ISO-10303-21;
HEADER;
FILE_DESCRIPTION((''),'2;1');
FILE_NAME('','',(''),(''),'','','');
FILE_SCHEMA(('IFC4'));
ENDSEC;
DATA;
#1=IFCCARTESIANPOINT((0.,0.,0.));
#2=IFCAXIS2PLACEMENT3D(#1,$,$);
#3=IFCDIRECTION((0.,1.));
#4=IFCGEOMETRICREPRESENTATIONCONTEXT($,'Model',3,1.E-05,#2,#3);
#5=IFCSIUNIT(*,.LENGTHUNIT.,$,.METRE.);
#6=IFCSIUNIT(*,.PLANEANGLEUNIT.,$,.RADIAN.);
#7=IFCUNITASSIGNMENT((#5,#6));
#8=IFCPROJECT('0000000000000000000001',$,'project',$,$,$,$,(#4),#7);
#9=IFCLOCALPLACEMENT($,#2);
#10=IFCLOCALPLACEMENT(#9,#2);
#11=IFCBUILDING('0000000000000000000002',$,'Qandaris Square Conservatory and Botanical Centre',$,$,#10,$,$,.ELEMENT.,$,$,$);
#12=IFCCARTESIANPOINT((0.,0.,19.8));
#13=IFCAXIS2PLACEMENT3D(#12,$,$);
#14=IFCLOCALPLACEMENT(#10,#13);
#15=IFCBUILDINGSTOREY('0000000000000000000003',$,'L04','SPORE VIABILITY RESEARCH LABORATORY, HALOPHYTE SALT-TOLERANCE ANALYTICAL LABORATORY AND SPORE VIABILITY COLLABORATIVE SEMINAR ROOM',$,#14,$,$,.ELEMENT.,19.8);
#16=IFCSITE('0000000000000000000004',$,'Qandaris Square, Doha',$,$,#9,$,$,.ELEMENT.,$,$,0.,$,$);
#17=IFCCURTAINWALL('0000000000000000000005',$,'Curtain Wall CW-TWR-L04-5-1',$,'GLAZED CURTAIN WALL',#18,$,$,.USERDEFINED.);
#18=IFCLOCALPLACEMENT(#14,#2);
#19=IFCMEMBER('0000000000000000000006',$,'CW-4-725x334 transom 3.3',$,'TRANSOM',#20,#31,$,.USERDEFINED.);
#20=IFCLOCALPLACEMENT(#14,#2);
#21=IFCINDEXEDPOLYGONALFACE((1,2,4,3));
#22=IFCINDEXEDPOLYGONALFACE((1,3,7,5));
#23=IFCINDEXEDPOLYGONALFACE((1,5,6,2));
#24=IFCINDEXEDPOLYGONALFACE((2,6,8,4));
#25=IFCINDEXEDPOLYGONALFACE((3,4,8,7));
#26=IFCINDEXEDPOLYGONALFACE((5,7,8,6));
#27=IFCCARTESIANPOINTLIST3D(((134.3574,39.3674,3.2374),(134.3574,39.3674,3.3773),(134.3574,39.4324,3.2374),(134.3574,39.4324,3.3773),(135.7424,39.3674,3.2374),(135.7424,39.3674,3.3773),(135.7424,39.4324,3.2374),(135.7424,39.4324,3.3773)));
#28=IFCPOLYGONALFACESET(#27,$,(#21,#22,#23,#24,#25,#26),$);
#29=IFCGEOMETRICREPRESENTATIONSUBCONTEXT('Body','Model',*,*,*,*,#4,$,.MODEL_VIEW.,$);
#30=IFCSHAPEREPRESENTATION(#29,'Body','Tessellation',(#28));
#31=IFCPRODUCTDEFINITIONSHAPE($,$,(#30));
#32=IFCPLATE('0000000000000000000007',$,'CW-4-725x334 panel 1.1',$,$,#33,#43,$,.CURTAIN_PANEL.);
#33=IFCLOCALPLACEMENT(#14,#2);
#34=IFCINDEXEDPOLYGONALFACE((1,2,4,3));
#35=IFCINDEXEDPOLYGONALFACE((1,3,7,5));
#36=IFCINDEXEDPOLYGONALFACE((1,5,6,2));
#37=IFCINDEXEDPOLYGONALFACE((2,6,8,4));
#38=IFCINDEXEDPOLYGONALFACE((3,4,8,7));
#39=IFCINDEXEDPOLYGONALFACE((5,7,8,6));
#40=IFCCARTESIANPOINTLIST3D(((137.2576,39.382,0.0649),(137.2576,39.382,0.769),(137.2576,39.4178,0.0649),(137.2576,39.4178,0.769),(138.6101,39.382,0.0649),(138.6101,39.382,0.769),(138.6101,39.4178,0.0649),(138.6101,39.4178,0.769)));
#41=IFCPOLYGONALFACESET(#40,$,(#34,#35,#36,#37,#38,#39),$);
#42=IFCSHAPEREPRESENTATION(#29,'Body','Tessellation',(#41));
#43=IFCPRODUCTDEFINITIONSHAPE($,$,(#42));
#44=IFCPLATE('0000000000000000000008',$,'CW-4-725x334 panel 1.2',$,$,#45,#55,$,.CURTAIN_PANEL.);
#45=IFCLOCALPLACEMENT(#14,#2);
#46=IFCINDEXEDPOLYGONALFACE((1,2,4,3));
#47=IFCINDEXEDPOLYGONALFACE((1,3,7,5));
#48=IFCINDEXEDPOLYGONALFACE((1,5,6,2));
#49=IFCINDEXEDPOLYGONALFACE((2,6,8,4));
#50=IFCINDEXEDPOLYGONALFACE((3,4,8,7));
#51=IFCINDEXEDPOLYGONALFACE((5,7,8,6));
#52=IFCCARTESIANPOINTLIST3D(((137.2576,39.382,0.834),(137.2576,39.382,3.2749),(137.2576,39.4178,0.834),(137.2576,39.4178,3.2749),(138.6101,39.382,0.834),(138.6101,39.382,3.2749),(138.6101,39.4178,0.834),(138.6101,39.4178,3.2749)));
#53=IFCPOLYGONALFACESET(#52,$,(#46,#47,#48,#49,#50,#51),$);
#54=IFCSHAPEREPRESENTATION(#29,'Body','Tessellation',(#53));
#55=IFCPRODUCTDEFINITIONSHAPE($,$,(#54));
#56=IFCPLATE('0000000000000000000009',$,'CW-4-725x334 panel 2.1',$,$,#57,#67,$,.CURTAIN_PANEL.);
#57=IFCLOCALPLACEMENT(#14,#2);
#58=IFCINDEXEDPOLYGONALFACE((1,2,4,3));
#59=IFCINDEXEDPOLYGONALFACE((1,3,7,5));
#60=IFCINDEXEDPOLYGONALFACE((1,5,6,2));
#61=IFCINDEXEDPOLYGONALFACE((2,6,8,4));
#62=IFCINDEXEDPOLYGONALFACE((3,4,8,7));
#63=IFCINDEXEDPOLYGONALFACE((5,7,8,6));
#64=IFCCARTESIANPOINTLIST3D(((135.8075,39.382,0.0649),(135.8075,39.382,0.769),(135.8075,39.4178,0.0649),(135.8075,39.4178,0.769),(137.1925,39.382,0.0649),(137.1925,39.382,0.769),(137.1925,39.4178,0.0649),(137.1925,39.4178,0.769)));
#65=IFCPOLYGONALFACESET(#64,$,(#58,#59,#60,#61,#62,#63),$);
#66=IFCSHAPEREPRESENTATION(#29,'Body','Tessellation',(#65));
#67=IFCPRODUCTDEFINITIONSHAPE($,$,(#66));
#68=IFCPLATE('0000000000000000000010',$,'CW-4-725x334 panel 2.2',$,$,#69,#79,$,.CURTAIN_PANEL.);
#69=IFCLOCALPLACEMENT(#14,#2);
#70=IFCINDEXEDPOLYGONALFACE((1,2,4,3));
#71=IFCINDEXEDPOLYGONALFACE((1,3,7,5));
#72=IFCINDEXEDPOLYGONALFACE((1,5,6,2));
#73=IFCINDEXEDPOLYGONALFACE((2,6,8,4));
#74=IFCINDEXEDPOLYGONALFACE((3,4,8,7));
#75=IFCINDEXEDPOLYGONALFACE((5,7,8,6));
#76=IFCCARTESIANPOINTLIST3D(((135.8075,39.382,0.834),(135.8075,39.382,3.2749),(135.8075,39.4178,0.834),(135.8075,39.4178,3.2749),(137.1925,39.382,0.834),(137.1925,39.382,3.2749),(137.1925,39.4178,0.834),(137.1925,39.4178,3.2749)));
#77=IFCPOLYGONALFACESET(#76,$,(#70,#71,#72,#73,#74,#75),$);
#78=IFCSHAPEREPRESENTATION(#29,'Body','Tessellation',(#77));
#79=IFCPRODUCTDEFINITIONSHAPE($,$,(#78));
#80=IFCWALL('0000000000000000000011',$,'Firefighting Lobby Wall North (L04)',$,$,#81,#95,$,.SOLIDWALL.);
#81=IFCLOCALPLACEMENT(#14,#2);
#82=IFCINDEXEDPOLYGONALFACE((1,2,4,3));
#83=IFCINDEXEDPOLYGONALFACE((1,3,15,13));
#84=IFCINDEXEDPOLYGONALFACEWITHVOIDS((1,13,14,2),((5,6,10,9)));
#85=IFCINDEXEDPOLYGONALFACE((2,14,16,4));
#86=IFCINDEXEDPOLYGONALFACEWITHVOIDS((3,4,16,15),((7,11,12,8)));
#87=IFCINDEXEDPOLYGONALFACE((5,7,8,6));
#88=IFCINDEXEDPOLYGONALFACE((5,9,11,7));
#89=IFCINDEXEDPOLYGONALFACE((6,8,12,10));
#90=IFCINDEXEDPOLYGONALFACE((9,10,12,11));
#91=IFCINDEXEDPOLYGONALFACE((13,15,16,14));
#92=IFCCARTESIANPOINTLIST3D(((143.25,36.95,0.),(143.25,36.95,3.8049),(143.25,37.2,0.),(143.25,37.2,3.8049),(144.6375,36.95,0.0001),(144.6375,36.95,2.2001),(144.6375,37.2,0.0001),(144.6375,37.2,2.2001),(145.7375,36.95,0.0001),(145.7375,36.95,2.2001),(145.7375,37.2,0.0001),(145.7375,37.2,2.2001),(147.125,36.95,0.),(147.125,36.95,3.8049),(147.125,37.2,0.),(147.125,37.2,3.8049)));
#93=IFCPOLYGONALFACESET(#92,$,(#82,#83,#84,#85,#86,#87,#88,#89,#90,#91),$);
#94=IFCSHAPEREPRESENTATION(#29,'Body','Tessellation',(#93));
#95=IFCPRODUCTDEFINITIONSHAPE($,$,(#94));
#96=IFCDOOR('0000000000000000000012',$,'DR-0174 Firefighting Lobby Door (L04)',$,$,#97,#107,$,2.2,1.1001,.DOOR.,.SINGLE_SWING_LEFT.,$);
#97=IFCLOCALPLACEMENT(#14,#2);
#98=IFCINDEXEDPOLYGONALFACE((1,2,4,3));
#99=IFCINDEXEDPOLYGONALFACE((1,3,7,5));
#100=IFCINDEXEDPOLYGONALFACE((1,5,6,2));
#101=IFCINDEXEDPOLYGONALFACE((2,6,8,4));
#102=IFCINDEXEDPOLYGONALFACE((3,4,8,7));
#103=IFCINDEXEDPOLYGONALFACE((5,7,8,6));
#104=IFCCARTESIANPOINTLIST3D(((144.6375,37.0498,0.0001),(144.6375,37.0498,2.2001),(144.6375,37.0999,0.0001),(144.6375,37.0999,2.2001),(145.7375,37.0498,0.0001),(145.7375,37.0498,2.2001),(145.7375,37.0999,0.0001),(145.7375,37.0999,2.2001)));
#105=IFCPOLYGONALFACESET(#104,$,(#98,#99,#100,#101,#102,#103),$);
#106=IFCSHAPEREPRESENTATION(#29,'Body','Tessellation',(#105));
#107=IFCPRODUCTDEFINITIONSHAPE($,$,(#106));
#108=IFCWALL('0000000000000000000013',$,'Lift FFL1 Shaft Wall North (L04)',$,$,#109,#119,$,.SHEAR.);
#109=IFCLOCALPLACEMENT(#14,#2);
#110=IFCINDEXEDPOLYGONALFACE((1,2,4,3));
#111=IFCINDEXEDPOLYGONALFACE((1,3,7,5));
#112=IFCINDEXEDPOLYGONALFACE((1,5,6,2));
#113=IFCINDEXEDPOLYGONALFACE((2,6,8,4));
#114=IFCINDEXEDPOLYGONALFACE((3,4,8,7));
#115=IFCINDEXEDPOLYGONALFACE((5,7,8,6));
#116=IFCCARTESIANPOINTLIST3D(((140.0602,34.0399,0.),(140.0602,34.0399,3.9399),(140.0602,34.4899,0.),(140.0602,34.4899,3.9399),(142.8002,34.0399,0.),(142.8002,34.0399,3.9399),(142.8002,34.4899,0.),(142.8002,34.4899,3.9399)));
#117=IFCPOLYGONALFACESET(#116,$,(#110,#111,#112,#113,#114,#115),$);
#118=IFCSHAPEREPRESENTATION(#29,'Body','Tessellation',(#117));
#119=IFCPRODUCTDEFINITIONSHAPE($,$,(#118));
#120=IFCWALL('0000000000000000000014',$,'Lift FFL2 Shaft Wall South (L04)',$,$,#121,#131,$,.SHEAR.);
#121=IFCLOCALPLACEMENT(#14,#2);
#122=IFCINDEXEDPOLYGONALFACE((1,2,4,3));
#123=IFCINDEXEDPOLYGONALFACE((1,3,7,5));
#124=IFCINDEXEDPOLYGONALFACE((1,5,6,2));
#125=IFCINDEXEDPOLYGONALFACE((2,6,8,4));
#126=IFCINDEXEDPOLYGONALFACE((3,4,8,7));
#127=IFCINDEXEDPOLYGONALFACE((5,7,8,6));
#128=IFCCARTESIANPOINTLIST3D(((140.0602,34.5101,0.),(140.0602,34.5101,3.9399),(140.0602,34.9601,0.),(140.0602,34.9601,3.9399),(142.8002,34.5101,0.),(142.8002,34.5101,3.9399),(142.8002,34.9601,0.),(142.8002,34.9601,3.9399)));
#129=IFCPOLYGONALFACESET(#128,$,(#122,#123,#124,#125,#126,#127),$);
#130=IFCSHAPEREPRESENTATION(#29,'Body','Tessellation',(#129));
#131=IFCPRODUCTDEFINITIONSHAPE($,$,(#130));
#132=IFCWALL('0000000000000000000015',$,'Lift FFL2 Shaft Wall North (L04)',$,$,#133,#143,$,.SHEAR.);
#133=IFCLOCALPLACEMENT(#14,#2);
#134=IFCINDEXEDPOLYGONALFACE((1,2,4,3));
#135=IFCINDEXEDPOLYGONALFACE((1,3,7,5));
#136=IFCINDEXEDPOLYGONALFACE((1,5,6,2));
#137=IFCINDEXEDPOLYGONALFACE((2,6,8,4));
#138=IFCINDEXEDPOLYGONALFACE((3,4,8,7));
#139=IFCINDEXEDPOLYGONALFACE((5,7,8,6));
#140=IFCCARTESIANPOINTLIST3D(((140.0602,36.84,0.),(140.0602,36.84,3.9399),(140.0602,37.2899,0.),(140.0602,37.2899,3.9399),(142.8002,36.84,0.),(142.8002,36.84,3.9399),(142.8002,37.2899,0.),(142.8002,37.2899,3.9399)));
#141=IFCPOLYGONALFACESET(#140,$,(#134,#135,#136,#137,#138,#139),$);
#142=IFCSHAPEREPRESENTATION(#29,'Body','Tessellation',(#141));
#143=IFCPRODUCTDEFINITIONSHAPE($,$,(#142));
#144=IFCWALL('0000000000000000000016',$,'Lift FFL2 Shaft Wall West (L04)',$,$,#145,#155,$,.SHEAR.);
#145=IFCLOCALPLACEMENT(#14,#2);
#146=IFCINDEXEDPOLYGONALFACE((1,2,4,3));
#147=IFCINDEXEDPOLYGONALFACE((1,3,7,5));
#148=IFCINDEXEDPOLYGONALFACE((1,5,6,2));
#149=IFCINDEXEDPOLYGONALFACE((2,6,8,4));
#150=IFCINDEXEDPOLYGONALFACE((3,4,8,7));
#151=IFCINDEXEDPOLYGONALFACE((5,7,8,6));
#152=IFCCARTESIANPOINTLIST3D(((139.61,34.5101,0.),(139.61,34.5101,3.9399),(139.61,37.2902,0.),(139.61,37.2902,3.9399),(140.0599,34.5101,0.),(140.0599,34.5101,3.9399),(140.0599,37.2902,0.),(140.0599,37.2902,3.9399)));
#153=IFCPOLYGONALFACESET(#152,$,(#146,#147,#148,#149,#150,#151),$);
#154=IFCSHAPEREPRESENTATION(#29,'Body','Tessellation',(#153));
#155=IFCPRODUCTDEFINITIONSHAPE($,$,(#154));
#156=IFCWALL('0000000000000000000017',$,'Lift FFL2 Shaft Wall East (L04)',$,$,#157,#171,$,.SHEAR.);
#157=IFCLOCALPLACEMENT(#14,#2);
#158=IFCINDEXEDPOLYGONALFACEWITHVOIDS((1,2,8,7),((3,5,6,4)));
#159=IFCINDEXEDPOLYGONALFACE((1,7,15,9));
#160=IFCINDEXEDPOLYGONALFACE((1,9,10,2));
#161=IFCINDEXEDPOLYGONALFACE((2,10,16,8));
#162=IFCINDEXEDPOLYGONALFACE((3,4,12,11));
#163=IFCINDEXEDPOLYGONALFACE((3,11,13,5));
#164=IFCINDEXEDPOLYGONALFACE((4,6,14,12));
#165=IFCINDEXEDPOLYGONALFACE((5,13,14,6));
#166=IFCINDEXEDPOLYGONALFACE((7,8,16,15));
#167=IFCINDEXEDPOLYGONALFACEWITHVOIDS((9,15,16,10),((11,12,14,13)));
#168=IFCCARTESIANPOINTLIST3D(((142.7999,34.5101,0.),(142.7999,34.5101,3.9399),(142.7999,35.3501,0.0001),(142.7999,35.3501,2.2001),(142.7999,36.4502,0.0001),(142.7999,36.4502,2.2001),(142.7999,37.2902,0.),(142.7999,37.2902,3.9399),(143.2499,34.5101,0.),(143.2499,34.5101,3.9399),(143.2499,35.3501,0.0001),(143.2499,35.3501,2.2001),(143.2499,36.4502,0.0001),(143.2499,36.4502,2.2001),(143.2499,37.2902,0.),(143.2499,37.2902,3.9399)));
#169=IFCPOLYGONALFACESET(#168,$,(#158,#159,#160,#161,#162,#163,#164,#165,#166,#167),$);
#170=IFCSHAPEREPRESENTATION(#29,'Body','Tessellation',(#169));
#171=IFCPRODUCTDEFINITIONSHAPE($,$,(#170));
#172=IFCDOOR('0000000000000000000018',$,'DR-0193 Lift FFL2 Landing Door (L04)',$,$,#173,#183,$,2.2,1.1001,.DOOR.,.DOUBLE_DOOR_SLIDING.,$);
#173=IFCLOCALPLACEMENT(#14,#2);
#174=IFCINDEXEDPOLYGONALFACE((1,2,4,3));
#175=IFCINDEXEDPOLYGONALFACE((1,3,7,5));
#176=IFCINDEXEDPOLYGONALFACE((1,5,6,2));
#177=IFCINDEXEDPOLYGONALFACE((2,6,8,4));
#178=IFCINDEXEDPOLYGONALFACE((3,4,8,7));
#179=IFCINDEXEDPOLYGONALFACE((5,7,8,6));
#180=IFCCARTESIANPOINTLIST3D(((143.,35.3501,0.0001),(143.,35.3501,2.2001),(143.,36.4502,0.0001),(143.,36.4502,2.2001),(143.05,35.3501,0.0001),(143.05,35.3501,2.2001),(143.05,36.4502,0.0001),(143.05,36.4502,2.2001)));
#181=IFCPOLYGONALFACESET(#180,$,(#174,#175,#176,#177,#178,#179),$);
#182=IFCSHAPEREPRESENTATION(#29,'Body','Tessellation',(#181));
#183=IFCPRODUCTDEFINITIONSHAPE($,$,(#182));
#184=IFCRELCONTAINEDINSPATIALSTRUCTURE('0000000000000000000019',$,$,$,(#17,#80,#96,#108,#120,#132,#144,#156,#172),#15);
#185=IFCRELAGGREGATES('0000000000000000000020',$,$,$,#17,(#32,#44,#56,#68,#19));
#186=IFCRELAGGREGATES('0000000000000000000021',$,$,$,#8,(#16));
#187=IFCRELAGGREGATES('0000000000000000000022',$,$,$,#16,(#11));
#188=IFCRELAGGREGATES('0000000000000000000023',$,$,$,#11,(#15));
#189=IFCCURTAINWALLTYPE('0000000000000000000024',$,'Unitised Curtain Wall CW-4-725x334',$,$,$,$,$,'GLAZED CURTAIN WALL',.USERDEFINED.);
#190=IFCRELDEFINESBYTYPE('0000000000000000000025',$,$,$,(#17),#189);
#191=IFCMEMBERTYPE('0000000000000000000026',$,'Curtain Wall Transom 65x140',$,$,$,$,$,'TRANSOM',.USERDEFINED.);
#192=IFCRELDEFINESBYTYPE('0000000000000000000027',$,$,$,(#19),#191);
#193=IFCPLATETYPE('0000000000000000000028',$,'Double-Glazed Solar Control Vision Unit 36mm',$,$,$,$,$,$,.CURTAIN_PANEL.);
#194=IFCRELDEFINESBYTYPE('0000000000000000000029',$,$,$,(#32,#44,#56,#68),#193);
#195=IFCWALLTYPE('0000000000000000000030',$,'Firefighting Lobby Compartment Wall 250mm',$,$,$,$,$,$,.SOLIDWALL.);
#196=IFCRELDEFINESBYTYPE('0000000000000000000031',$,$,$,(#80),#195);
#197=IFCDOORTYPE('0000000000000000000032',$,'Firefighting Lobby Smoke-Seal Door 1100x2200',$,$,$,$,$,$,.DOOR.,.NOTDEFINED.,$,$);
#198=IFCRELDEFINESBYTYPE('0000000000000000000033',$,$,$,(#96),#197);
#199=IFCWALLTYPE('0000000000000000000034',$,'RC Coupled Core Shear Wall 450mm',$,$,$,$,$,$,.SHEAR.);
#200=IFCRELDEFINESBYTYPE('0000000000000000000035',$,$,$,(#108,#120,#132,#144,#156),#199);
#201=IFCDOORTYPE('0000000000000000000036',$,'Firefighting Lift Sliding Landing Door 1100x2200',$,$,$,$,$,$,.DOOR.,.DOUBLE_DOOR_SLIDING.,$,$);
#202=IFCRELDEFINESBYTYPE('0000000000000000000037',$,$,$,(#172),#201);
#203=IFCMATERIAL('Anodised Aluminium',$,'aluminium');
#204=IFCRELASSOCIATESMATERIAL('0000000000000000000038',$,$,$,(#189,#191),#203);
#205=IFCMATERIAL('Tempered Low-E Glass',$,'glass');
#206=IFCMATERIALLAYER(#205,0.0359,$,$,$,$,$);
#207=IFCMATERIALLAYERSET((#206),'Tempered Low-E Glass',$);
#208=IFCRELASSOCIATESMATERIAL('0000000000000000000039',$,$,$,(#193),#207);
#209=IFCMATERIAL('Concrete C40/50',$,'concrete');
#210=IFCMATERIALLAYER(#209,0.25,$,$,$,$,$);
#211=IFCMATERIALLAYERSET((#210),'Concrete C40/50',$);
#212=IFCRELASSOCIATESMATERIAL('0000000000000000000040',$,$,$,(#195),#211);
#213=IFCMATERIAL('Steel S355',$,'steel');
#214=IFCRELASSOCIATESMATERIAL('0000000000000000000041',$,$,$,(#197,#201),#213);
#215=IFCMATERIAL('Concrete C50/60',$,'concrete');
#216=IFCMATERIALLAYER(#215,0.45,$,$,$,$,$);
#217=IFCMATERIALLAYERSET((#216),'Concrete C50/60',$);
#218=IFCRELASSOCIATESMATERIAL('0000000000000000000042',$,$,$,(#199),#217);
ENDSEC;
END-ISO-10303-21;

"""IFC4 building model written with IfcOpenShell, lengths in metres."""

from ifc_helpers import new_model, si_unit, direction, frame, frame_2d, origin, origin_2d, place, context, subcontext, project, spatial, rectangle, extrude, material, layer, layer_set, material_profile, profile_set, type_object, element, fill, aggregate, save


model = new_model("IFC4")

# Units and contexts
model_context = context("Model", 3, precision=1e-05, world=origin(), true_north=direction((0.0, 1.0)))
body_context = subcontext(model_context, "Body", "Model", "MODEL_VIEW")
ifc_project = project(units=[si_unit("LENGTHUNIT", "METRE"), si_unit("PLANEANGLEUNIT", "RADIAN")], contexts=[model_context])

# Site, building, storey
site_placement = place(None, origin())
site = spatial("IfcSite", under=ifc_project, at=site_placement, Name="Qandaris Square, Doha", CompositionType="ELEMENT", RefElevation=0.0)
building_placement = place(site_placement, origin())
building = spatial("IfcBuilding", under=site, at=building_placement, Name="Qandaris Square Conservatory and Botanical Centre", CompositionType="ELEMENT")
storey_placement = place(building_placement, frame((0.0, 0.0, 19.8)))
storey = spatial("IfcBuildingStorey", under=building, at=storey_placement, Name="L04", Description="SPORE VIABILITY RESEARCH LABORATORY, HALOPHYTE SALT-TOLERANCE ANALYTICAL LABORATORY AND SPORE VIABILITY COLLABORATIVE SEMINAR ROOM", CompositionType="ELEMENT", Elevation=19.8)

# Shared definitions
ifc_material_1 = material(Name="Steel S355", Category="steel")

# Curtain wall, member, plates
ifc_material_2 = material(Name="Anodised Aluminium", Category="aluminium")
curtain_wall_type = type_object("IfcCurtainWallType", Name="Unitised Curtain Wall CW-4-725x334", ElementType="GLAZED CURTAIN WALL", PredefinedType="USERDEFINED", material=ifc_material_2)
curtain_wall_placement = place(storey_placement, origin())
curtain_wall = element("IfcCurtainWall", 1, at=curtain_wall_placement, inside=storey, type_object=curtain_wall_type, Name="Curtain Wall CW-TWR-L04-5-1", ObjectType="GLAZED CURTAIN WALL", PredefinedType="USERDEFINED")
ifc_material_profile_1 = material_profile(ifc_material_2, rectangle(XDim=0.0649, YDim=0.1399, at=origin_2d()), Name="ALU-TRN 65x140")
ifc_profile_set_1 = profile_set([ifc_material_profile_1], Name="Anodised Aluminium")
member_type_1 = type_object("IfcMemberType", Name="Curtain Wall Transom 65x140", ElementType="TRANSOM", PredefinedType="USERDEFINED", material=ifc_profile_set_1)
member_1_placement = place(storey_placement, frame((135.7424, 39.3999, 3.3074), z_axis=(-1.0, 0.0, 0.0), x_axis=(0.0, -1.0, 0.0)))
member_1 = element("IfcMember", 2, at=member_1_placement, type_object=member_type_1, Name="CW-4-725x334 transom 3.3", ObjectType="TRANSOM", PredefinedType="USERDEFINED", context=body_context, shape_type="SweptSolid", body=[
    extrude(rectangle(XDim=0.0649, YDim=0.1399, at=origin_2d()), origin(), (0.0, 0.0, 1.0), 1.385),
])
ifc_material_3 = material(Name="Tempered Low-E Glass", Category="glass")
ifc_layer_1 = layer(ifc_material_3, 0.0359)
ifc_layer_set_1 = layer_set([ifc_layer_1], Name="Tempered Low-E Glass")
plate_type = type_object("IfcPlateType", Name="Double-Glazed Solar Control Vision Unit 36mm", PredefinedType="CURTAIN_PANEL", material=ifc_layer_set_1)
plate_1_placement = place(storey_placement, frame((137.9338, 39.3999, 0.0649), z_axis=(0.0, 0.0, 1.0), x_axis=(-1.0, 0.0, 0.0)))
plate_1 = element("IfcPlate", 3, at=plate_1_placement, type_object=plate_type, Name="CW-4-725x334 panel 1.1", PredefinedType="CURTAIN_PANEL", context=body_context, shape_type="SweptSolid", body=[
    extrude(rectangle(XDim=1.3525, YDim=0.0359, at=origin_2d()), origin(), (0.0, 0.0, 1.0), 0.7041),
])
plate_2_placement = place(storey_placement, frame((137.9338, 39.3999, 0.834), z_axis=(0.0, 0.0, 1.0), x_axis=(-1.0, 0.0, 0.0)))
plate_2 = element("IfcPlate", 4, at=plate_2_placement, type_object=plate_type, Name="CW-4-725x334 panel 1.2", PredefinedType="CURTAIN_PANEL", context=body_context, shape_type="SweptSolid", body=[
    extrude(rectangle(XDim=1.3525, YDim=0.0359, at=origin_2d()), origin(), (0.0, 0.0, 1.0), 2.4409),
])
plate_3_placement = place(storey_placement, frame((136.5, 39.3999, 0.0649), z_axis=(0.0, 0.0, 1.0), x_axis=(-1.0, 0.0, 0.0)))
plate_3 = element("IfcPlate", 5, at=plate_3_placement, type_object=plate_type, Name="CW-4-725x334 panel 2.1", PredefinedType="CURTAIN_PANEL", context=body_context, shape_type="SweptSolid", body=[
    extrude(rectangle(XDim=1.385, YDim=0.0359, at=origin_2d()), origin(), (0.0, 0.0, 1.0), 0.7041),
])
plate_4_placement = place(storey_placement, frame((136.5, 39.3999, 0.834), z_axis=(0.0, 0.0, 1.0), x_axis=(-1.0, 0.0, 0.0)))
plate_4 = element("IfcPlate", 6, at=plate_4_placement, type_object=plate_type, Name="CW-4-725x334 panel 2.2", PredefinedType="CURTAIN_PANEL", context=body_context, shape_type="SweptSolid", body=[
    extrude(rectangle(XDim=1.385, YDim=0.0359, at=origin_2d()), origin(), (0.0, 0.0, 1.0), 2.4409),
])
aggregate(curtain_wall, [plate_1, plate_2, plate_3, plate_4, member_1])

# Wall, opening, door
ifc_material_4 = material(Name="Concrete C40/50", Category="concrete")
ifc_layer_2 = layer(ifc_material_4, 0.25)
ifc_layer_set_2 = layer_set([ifc_layer_2], Name="Concrete C40/50")
wall_type_1 = type_object("IfcWallType", Name="Firefighting Lobby Compartment Wall 250mm", PredefinedType="SOLIDWALL", material=ifc_layer_set_2)
wall_1_placement = place(storey_placement, frame((143.25, 37.075, 0.0), z_axis=(0.0, 0.0, 1.0), x_axis=(1.0, 0.0, 0.0)))
wall_1 = element("IfcWall", 7, at=wall_1_placement, inside=storey, type_object=wall_type_1, Name="Firefighting Lobby Wall North (L04)", PredefinedType="SOLIDWALL", context=body_context, shape_type="SweptSolid", body=[
    extrude(rectangle(XDim=3.875, YDim=0.25, at=frame_2d((1.9375, 0.0))), origin(), (0.0, 0.0, 1.0), 3.8049),
])
opening_1_placement = place(wall_1_placement, frame((1.3875, 0.0, 0.0)))
opening_1 = element("IfcOpeningElement", 8, at=opening_1_placement, cuts=wall_1, PredefinedType="OPENING", context=body_context, shape_type="SweptSolid", body=[
    extrude(rectangle(XDim=1.1001, YDim=2.2, at=frame_2d((0.55, 1.1001))), frame((0.0, 0.137, 0.0), z_axis=(0.0, -1.0, 0.0), x_axis=(1.0, 0.0, 0.0)), (0.0, 0.0, 1.0), 0.2739),
])
door_type_1 = type_object("IfcDoorType", Name="Firefighting Lobby Smoke-Seal Door 1100x2200", OperationType="NOTDEFINED", PredefinedType="DOOR", material=ifc_material_1)
door_1_placement = place(opening_1_placement, origin())
door_1 = element("IfcDoor", 9, at=door_1_placement, inside=storey, type_object=door_type_1, Name="DR-0174 Firefighting Lobby Door (L04)", OperationType="SINGLE_SWING_LEFT", OverallHeight=2.2, OverallWidth=1.1001, PredefinedType="DOOR", context=body_context, shape_type="SweptSolid", body=[
    extrude(rectangle(XDim=1.1001, YDim=2.2, at=frame_2d((0.55, 1.1001))), frame((0.0, 0.0249, 0.0), z_axis=(0.0, -1.0, 0.0), x_axis=(1.0, 0.0, 0.0)), (0.0, 0.0, 1.0), 0.05),
])
fill(opening_1, door_1)

# Walls
ifc_material_5 = material(Name="Concrete C50/60", Category="concrete")
ifc_layer_3 = layer(ifc_material_5, 0.45)
ifc_layer_set_3 = layer_set([ifc_layer_3], Name="Concrete C50/60")
wall_type_2 = type_object("IfcWallType", Name="RC Coupled Core Shear Wall 450mm", PredefinedType="SHEAR", material=ifc_layer_set_3)
for number, where, z_axis, x_axis, name in (
    (10, (140.0601, 34.2649, 0.0), (0.0, 0.0, 1.0), (1.0, 0.0, 0.0), "Lift FFL1 Shaft Wall North (L04)"),
    (11, (140.0601, 34.7351, 0.0), (0.0, 0.0, 1.0), (1.0, 0.0, 0.0), "Lift FFL2 Shaft Wall South (L04)"),
    (12, (140.0601, 37.0649, 0.0), (0.0, 0.0, 1.0), (1.0, 0.0, 0.0), "Lift FFL2 Shaft Wall North (L04)"),
):
    element("IfcWall", number, at=place(storey_placement, frame(where, z_axis=z_axis, x_axis=x_axis)), inside=storey, type_object=wall_type_2, Name=name, PredefinedType="SHEAR", context=body_context, shape_type="SweptSolid", body=[
        extrude(rectangle(XDim=2.74, YDim=0.45, at=frame_2d((1.3701, 0.0))), origin(), (0.0, 0.0, 1.0), 3.9399),
    ])
wall_2_placement = place(storey_placement, frame((139.835, 34.51, 0.0), z_axis=(0.0, 0.0, 1.0), x_axis=(0.0, 1.0, 0.0)))
element("IfcWall", 13, at=wall_2_placement, inside=storey, type_object=wall_type_2, Name="Lift FFL2 Shaft Wall West (L04)", PredefinedType="SHEAR", context=body_context, shape_type="SweptSolid", body=[
    extrude(rectangle(XDim=2.78, YDim=0.45, at=frame_2d((1.3901, 0.0))), origin(), (0.0, 0.0, 1.0), 3.9399),
])

# Wall, opening, door
wall_3_placement = place(storey_placement, frame((143.0249, 34.51, 0.0), z_axis=(0.0, 0.0, 1.0), x_axis=(0.0, 1.0, 0.0)))
wall_3 = element("IfcWall", 14, at=wall_3_placement, inside=storey, type_object=wall_type_2, Name="Lift FFL2 Shaft Wall East (L04)", PredefinedType="SHEAR", context=body_context, shape_type="SweptSolid", body=[
    extrude(rectangle(XDim=2.78, YDim=0.45, at=frame_2d((1.3901, 0.0))), origin(), (0.0, 0.0, 1.0), 3.9399),
])
opening_2_placement = place(wall_3_placement, frame((0.8401, 0.0, 0.0)))
opening_2 = element("IfcOpeningElement", 15, at=opening_2_placement, cuts=wall_3, PredefinedType="OPENING", context=body_context, shape_type="SweptSolid", body=[
    extrude(rectangle(XDim=1.1001, YDim=2.2, at=frame_2d((0.55, 1.1001))), frame((0.0, 0.2368, 0.0), z_axis=(0.0, -1.0, 0.0), x_axis=(1.0, 0.0, 0.0)), (0.0, 0.0, 1.0), 0.4739),
])
door_type_2 = type_object("IfcDoorType", Name="Firefighting Lift Sliding Landing Door 1100x2200", OperationType="DOUBLE_DOOR_SLIDING", PredefinedType="DOOR", material=ifc_material_1)
door_2_placement = place(opening_2_placement, origin())
door_2 = element("IfcDoor", 16, at=door_2_placement, inside=storey, type_object=door_type_2, Name="DR-0193 Lift FFL2 Landing Door (L04)", OperationType="DOUBLE_DOOR_SLIDING", OverallHeight=2.2, OverallWidth=1.1001, PredefinedType="DOOR", context=body_context, shape_type="SweptSolid", body=[
    extrude(rectangle(XDim=1.1001, YDim=2.2, at=frame_2d((0.55, 1.1001))), frame((0.0, 0.0249, 0.0), z_axis=(0.0, -1.0, 0.0), x_axis=(1.0, 0.0, 0.0)), (0.0, 0.0, 1.0), 0.05),
])
fill(opening_2, door_2)

save(model, "model.ifc")
